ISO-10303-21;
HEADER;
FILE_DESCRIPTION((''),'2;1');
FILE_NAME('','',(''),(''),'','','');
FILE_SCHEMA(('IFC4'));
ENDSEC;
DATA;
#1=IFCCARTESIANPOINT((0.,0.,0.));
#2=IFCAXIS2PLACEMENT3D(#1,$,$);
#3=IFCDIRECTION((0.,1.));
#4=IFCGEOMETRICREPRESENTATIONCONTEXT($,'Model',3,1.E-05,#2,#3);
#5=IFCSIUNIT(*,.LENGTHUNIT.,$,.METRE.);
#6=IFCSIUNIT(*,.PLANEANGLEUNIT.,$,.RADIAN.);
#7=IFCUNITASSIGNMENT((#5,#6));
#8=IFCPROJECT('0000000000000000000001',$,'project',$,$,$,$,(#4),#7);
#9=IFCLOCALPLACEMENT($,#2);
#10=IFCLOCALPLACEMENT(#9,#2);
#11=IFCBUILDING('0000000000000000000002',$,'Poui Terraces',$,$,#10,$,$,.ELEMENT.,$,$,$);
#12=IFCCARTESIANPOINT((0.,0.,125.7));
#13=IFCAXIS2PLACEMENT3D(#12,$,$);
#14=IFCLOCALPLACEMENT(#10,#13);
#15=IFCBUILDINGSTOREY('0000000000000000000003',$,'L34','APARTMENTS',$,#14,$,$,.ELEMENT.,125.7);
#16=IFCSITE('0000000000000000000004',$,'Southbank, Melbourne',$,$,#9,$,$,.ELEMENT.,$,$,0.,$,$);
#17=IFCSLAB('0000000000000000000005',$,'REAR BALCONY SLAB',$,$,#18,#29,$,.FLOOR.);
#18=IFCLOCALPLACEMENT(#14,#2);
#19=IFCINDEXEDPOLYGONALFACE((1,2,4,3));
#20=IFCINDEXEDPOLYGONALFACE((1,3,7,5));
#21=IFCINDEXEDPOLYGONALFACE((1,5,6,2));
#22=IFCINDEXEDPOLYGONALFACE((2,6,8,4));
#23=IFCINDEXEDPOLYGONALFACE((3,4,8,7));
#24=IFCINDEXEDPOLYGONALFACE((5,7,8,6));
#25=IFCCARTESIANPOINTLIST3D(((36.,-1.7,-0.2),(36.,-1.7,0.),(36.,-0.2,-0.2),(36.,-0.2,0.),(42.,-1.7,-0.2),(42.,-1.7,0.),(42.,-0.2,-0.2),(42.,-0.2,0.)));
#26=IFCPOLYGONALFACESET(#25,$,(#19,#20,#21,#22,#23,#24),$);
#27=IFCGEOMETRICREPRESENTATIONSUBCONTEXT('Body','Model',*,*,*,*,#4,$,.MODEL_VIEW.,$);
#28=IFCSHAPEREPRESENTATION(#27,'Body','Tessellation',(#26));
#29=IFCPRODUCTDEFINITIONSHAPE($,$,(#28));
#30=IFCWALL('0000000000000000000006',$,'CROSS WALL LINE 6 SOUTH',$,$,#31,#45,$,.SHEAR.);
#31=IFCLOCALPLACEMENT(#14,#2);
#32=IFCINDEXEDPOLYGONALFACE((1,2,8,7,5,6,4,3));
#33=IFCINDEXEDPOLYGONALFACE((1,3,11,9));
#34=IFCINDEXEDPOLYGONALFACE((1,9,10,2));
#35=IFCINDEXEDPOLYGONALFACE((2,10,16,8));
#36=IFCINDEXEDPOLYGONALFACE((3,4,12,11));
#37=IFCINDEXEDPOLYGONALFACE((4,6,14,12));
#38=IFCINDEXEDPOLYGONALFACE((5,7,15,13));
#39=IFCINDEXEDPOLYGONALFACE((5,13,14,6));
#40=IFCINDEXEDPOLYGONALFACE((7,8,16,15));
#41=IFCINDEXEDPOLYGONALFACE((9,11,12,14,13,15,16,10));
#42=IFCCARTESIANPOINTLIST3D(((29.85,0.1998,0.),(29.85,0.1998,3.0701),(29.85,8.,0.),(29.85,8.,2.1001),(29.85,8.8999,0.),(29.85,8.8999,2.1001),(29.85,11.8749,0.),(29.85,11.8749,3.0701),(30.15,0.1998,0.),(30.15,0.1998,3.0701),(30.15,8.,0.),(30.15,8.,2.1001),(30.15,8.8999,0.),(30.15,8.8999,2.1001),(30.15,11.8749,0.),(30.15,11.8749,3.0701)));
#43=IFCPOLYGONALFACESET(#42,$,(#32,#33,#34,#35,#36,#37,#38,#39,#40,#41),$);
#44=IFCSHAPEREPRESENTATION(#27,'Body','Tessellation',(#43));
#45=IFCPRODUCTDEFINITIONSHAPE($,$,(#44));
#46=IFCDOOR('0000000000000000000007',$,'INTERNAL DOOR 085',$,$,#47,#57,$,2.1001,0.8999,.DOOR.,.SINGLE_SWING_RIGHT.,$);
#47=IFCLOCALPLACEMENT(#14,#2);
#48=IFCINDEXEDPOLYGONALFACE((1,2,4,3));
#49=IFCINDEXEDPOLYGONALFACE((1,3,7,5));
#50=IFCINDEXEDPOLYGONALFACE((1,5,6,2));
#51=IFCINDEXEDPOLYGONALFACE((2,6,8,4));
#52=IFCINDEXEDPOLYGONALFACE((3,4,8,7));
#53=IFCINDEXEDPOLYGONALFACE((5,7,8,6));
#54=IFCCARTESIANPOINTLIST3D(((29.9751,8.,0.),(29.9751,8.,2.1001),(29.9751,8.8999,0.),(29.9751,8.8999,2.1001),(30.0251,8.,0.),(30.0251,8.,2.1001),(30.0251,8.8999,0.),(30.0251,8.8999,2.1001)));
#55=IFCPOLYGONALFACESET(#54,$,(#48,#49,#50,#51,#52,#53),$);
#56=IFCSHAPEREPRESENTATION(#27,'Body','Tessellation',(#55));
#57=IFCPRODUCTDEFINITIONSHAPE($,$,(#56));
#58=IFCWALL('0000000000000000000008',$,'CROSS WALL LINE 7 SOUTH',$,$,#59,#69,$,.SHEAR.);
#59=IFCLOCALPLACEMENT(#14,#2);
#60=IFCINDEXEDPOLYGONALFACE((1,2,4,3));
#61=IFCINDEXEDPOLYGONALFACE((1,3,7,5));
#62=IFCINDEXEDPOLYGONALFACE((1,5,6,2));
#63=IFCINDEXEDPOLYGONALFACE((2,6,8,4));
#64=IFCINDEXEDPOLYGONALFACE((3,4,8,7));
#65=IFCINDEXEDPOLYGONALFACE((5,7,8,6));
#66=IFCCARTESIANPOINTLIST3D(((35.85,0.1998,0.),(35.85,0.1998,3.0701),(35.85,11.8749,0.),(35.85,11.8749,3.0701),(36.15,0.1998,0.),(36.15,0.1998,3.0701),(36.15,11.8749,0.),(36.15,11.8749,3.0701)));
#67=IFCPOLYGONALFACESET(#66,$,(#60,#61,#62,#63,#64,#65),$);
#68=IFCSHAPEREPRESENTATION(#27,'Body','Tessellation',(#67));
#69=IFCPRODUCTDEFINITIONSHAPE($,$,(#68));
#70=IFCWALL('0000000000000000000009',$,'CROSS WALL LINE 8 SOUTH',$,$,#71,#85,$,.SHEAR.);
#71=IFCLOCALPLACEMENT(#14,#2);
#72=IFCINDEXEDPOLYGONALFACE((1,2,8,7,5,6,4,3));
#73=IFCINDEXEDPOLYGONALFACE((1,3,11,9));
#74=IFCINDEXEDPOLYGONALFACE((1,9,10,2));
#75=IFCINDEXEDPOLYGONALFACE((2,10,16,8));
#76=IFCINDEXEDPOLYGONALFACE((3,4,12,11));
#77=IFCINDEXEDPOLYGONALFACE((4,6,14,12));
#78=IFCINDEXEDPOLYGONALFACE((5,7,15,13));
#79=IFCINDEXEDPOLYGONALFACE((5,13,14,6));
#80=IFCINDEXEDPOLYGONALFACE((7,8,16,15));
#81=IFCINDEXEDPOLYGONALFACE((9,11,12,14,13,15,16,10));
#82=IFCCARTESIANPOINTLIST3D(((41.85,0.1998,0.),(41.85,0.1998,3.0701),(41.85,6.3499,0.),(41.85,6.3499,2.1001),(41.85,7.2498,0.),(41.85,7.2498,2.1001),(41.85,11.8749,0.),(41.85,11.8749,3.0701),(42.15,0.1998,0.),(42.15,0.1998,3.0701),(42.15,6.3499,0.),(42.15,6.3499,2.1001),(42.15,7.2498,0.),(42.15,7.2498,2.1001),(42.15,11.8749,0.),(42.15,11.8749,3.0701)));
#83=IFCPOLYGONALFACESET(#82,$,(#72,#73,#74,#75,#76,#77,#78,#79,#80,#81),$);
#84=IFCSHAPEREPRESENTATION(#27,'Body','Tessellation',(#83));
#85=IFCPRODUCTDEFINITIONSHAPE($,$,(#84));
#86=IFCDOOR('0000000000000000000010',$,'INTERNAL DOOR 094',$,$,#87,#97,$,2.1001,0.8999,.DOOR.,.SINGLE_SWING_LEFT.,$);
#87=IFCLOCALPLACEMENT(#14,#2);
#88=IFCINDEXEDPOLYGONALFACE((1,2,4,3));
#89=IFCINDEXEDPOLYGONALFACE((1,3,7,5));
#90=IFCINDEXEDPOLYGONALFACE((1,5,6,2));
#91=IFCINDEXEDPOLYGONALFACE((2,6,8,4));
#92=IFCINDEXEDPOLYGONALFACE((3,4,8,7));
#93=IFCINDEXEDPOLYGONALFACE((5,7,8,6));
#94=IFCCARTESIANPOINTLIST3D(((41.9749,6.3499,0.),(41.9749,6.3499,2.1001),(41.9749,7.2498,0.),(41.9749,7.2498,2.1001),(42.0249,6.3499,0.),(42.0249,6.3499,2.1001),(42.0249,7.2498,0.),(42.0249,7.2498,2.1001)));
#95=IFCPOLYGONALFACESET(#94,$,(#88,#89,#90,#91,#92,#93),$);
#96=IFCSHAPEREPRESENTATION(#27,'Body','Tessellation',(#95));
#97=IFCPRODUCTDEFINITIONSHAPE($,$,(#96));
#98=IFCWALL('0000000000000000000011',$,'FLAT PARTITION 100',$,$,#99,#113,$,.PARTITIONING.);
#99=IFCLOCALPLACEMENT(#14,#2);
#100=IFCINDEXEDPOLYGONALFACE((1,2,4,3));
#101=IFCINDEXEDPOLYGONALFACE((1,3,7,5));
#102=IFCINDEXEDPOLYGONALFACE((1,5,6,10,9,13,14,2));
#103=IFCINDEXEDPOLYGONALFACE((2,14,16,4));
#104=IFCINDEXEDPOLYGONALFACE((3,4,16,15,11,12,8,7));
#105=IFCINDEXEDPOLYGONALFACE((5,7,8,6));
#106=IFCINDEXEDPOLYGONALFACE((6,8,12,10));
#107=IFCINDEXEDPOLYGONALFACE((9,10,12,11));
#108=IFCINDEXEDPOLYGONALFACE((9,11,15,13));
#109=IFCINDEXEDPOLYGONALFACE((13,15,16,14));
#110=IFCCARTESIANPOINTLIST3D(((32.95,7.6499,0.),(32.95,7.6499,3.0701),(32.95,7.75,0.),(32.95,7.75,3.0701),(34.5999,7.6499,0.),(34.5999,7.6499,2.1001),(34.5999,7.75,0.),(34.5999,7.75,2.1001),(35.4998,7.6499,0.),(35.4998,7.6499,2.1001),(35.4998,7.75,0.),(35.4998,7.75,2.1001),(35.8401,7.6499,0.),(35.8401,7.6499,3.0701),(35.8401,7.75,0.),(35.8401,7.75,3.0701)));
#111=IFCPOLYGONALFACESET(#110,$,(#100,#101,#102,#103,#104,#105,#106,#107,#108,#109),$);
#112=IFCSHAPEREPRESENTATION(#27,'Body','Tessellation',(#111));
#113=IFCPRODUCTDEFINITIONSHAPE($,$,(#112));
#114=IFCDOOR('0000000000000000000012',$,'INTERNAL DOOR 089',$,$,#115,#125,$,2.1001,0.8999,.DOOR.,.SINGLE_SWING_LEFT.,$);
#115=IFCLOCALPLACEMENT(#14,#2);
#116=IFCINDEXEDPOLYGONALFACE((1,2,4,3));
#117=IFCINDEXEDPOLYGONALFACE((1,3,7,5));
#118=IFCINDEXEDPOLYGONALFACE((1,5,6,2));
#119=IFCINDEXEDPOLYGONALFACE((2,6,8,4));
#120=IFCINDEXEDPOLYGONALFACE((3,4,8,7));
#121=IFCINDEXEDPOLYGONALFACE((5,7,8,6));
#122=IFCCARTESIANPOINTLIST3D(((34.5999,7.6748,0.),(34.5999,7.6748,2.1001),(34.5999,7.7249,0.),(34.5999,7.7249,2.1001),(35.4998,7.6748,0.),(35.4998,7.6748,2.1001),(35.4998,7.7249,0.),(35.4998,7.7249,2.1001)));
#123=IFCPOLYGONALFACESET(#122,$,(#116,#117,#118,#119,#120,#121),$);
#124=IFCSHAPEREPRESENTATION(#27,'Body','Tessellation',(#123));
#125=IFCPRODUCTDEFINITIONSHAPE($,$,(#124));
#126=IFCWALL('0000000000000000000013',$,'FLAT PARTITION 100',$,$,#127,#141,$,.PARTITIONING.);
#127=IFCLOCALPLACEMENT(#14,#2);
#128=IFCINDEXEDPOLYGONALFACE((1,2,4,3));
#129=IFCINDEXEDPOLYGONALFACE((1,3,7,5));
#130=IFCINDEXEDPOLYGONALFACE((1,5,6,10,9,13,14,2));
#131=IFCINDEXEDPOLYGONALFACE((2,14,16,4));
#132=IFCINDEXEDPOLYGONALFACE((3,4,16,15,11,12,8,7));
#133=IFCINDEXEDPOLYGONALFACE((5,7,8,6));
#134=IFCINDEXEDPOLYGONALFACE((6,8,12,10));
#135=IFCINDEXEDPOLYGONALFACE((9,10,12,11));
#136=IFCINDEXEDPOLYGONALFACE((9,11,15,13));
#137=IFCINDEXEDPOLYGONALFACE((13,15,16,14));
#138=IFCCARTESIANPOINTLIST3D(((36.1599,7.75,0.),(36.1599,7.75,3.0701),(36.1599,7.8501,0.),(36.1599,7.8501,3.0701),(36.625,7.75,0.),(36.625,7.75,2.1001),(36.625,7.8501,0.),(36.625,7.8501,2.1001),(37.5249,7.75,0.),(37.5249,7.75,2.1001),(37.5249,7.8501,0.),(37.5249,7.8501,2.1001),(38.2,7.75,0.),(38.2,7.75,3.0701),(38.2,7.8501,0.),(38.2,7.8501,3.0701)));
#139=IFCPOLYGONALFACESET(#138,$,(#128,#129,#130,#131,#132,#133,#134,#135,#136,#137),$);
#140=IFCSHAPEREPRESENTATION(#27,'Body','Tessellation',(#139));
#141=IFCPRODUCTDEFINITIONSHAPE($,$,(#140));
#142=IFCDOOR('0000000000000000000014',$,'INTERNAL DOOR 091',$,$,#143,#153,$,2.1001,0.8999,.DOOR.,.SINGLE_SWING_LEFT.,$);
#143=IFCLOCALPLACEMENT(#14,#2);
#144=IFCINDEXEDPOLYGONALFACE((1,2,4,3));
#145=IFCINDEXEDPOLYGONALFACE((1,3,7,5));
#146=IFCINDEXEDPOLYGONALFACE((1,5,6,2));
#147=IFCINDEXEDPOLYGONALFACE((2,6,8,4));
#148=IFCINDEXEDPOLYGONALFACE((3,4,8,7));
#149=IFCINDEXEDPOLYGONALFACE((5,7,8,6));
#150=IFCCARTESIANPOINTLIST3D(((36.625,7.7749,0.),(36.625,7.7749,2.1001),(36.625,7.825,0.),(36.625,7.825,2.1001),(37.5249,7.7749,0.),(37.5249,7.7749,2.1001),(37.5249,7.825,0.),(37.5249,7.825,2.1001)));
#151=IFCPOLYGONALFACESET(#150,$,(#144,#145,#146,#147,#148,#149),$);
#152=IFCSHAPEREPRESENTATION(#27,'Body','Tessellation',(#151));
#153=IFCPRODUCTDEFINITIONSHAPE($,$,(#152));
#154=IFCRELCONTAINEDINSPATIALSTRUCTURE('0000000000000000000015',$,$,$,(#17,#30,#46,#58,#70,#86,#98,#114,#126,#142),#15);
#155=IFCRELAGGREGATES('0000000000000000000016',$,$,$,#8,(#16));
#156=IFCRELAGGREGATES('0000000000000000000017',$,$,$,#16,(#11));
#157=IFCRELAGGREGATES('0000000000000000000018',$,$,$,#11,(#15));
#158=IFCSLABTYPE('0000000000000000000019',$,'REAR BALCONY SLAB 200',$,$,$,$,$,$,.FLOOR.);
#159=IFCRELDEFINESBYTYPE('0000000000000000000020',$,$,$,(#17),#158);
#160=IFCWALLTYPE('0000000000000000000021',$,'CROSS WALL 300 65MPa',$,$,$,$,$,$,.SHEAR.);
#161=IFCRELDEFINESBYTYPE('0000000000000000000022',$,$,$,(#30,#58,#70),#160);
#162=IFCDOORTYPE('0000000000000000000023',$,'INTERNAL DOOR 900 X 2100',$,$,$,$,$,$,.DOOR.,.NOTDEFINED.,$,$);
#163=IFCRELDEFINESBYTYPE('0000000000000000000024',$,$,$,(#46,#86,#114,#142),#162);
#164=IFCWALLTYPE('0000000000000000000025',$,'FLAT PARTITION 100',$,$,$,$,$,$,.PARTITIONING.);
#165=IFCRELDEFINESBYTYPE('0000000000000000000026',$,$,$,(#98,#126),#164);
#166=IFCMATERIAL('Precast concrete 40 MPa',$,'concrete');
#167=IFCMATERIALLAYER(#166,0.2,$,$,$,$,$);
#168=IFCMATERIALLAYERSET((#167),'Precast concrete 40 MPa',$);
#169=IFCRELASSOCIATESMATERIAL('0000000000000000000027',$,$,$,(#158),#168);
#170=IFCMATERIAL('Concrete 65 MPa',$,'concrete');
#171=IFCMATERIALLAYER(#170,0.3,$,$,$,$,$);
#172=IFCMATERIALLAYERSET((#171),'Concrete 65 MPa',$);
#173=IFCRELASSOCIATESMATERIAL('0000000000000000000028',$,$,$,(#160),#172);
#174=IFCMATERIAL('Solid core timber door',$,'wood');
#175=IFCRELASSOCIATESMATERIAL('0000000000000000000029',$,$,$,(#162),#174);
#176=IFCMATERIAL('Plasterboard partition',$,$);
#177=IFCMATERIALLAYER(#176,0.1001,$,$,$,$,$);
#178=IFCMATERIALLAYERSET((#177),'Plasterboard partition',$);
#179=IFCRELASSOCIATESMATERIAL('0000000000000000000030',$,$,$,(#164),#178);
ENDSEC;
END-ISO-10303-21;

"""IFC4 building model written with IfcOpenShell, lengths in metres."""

from ifc_helpers import new_model, si_unit, direction, frame, frame_2d, origin, place, context, subcontext, project, spatial, polyline, rectangle, outline, extrude, source, transform, mapped, material, layer, layer_set, type_object, element, fill, save


model = new_model("IFC4")

# Units and contexts
model_context = context("Model", 3, precision=1e-05, world=origin(), true_north=direction((0.0, 1.0)))
body_context = subcontext(model_context, "Body", "Model", "MODEL_VIEW")
ifc_project = project(units=[si_unit("LENGTHUNIT", "METRE"), si_unit("PLANEANGLEUNIT", "RADIAN")], contexts=[model_context])

# Site, building, storey
site_placement = place(None, origin())
site = spatial("IfcSite", under=ifc_project, at=site_placement, Name="Southbank, Melbourne", CompositionType="ELEMENT", RefElevation=0.0)
building_placement = place(site_placement, origin())
building = spatial("IfcBuilding", under=site, at=building_placement, Name="Poui Terraces", CompositionType="ELEMENT")
storey_placement = place(building_placement, frame((0.0, 0.0, 125.7)))
storey = spatial("IfcBuildingStorey", under=building, at=storey_placement, Name="L34", Description="APARTMENTS", CompositionType="ELEMENT", Elevation=125.7)

# Slab
ifc_material_1 = material(Name="Precast concrete 40 MPa", Category="concrete")
ifc_layer_1 = layer(ifc_material_1, 0.2)
ifc_layer_set_1 = layer_set([ifc_layer_1], Name="Precast concrete 40 MPa")
slab_type = type_object("IfcSlabType", Name="REAR BALCONY SLAB 200", PredefinedType="FLOOR", material=ifc_layer_set_1)
shared_shape_1 = source(origin(), body_context, "Body", "SweptSolid", [
    extrude(outline(polyline([(0.0, 0.0), (6.0, 0.0), (6.0, 1.5), (0.0, 1.5), (0.0, 0.0)])), origin(), (0.0, 0.0, 1.0), 0.2),
])
slab_placement = place(storey_placement, frame((36.0, -1.7, -0.2)))
element("IfcSlab", 1, at=slab_placement, inside=storey, type_object=slab_type, Name="REAR BALCONY SLAB", PredefinedType="FLOOR", context=body_context, shape_type="MappedRepresentation", body=[
    mapped(shared_shape_1, transform((0.0, 0.0, 0.0))),
])

# Wall, opening, door
ifc_material_2 = material(Name="Concrete 65 MPa", Category="concrete")
ifc_layer_2 = layer(ifc_material_2, 0.3)
ifc_layer_set_2 = layer_set([ifc_layer_2], Name="Concrete 65 MPa")
wall_type_1 = type_object("IfcWallType", Name="CROSS WALL 300 65MPa", PredefinedType="SHEAR", material=ifc_layer_set_2)
wall_1_placement = place(storey_placement, frame((30.0, 0.2, 0.0), z_axis=(0.0, 0.0, 1.0), x_axis=(0.0, 1.0, 0.0)))
wall_1 = element("IfcWall", 2, at=wall_1_placement, inside=storey, type_object=wall_type_1, Name="CROSS WALL LINE 6 SOUTH", PredefinedType="SHEAR", context=body_context, shape_type="SweptSolid", body=[
    extrude(rectangle(XDim=11.675, YDim=0.3, at=frame_2d((5.8374, 0.0))), origin(), (0.0, 0.0, 1.0), 3.0701),
])
opening_1_placement = place(wall_1_placement, frame((7.8, 0.0, 0.0)))
opening_1 = element("IfcOpeningElement", 3, at=opening_1_placement, cuts=wall_1, PredefinedType="OPENING", context=body_context, shape_type="SweptSolid", body=[
    extrude(rectangle(XDim=0.8999, YDim=2.1001, at=frame_2d((0.45, 1.05))), frame((0.0, 0.1602, 0.0), z_axis=(0.0, -1.0, 0.0), x_axis=(1.0, 0.0, 0.0)), (0.0, 0.0, 1.0), 0.3201),
])
ifc_material_3 = material(Name="Solid core timber door", Category="wood")
door_type_1 = type_object("IfcDoorType", Name="INTERNAL DOOR 900 X 2100", OperationType="NOTDEFINED", PredefinedType="DOOR", material=ifc_material_3)
door_1_placement = place(opening_1_placement, origin())
door_1 = element("IfcDoor", 4, at=door_1_placement, inside=storey, type_object=door_type_1, Name="INTERNAL DOOR 085", OperationType="SINGLE_SWING_RIGHT", OverallHeight=2.1001, OverallWidth=0.8999, PredefinedType="DOOR", context=body_context, shape_type="SweptSolid", body=[
    extrude(rectangle(XDim=0.8999, YDim=2.1001, at=frame_2d((0.45, 1.05))), frame((0.0, 0.0249, 0.0), z_axis=(0.0, -1.0, 0.0), x_axis=(1.0, 0.0, 0.0)), (0.0, 0.0, 1.0), 0.05),
])
fill(opening_1, door_1)

# Wall
wall_2_placement = place(storey_placement, frame((36.0, 0.2, 0.0), z_axis=(0.0, 0.0, 1.0), x_axis=(0.0, 1.0, 0.0)))
element("IfcWall", 5, at=wall_2_placement, inside=storey, type_object=wall_type_1, Name="CROSS WALL LINE 7 SOUTH", PredefinedType="SHEAR", context=body_context, shape_type="SweptSolid", body=[
    extrude(rectangle(XDim=11.675, YDim=0.3, at=frame_2d((5.8374, 0.0))), origin(), (0.0, 0.0, 1.0), 3.0701),
])

# Walls, openings, doors
wall_3_placement = place(storey_placement, frame((42.0, 0.2, 0.0), z_axis=(0.0, 0.0, 1.0), x_axis=(0.0, 1.0, 0.0)))
wall_3 = element("IfcWall", 6, at=wall_3_placement, inside=storey, type_object=wall_type_1, Name="CROSS WALL LINE 8 SOUTH", PredefinedType="SHEAR", context=body_context, shape_type="SweptSolid", body=[
    extrude(rectangle(XDim=11.675, YDim=0.3, at=frame_2d((5.8374, 0.0))), origin(), (0.0, 0.0, 1.0), 3.0701),
])
opening_2_placement = place(wall_3_placement, frame((6.1499, 0.0, 0.0)))
opening_2 = element("IfcOpeningElement", 7, at=opening_2_placement, cuts=wall_3, PredefinedType="OPENING", context=body_context, shape_type="SweptSolid", body=[
    extrude(rectangle(XDim=0.8999, YDim=2.1001, at=frame_2d((0.45, 1.05))), frame((0.0, 0.1602, 0.0), z_axis=(0.0, -1.0, 0.0), x_axis=(1.0, 0.0, 0.0)), (0.0, 0.0, 1.0), 0.3201),
])
door_2_placement = place(opening_2_placement, frame((0.8999, 0.0, 0.0), z_axis=(0.0, 0.0, 1.0), x_axis=(-1.0, 0.0, 0.0)))
door_2 = element("IfcDoor", 8, at=door_2_placement, inside=storey, type_object=door_type_1, Name="INTERNAL DOOR 094", OperationType="SINGLE_SWING_LEFT", OverallHeight=2.1001, OverallWidth=0.8999, PredefinedType="DOOR", context=body_context, shape_type="SweptSolid", body=[
    extrude(rectangle(XDim=0.8999, YDim=2.1001, at=frame_2d((0.45, 1.05))), frame((0.0, 0.0249, 0.0), z_axis=(0.0, -1.0, 0.0), x_axis=(1.0, 0.0, 0.0)), (0.0, 0.0, 1.0), 0.05),
])
fill(opening_2, door_2)
ifc_material_4 = material(Name="Plasterboard partition")
ifc_layer_3 = layer(ifc_material_4, 0.1001)
ifc_layer_set_3 = layer_set([ifc_layer_3], Name="Plasterboard partition")
wall_type_2 = type_object("IfcWallType", Name="FLAT PARTITION 100", PredefinedType="PARTITIONING", material=ifc_layer_set_3)
wall_4_placement = place(storey_placement, frame((32.95, 7.7, 0.0), z_axis=(0.0, 0.0, 1.0), x_axis=(1.0, 0.0, 0.0)))
wall_4 = element("IfcWall", 9, at=wall_4_placement, inside=storey, type_object=wall_type_2, Name="FLAT PARTITION 100", PredefinedType="PARTITIONING", context=body_context, shape_type="SweptSolid", body=[
    extrude(rectangle(XDim=2.8901, YDim=0.1001, at=frame_2d((1.4451, 0.0))), origin(), (0.0, 0.0, 1.0), 3.0701),
])
opening_3_placement = place(wall_4_placement, frame((1.6499, 0.0, 0.0)))
opening_3 = element("IfcOpeningElement", 10, at=opening_3_placement, cuts=wall_4, PredefinedType="OPENING", context=body_context, shape_type="SweptSolid", body=[
    extrude(rectangle(XDim=0.8999, YDim=2.1001, at=frame_2d((0.45, 1.05))), frame((0.0, 0.0601, 0.0), z_axis=(0.0, -1.0, 0.0), x_axis=(1.0, 0.0, 0.0)), (0.0, 0.0, 1.0), 0.1201),
])
door_3_placement = place(opening_3_placement, origin())
door_3 = element("IfcDoor", 11, at=door_3_placement, inside=storey, type_object=door_type_1, Name="INTERNAL DOOR 089", OperationType="SINGLE_SWING_LEFT", OverallHeight=2.1001, OverallWidth=0.8999, PredefinedType="DOOR", context=body_context, shape_type="SweptSolid", body=[
    extrude(rectangle(XDim=0.8999, YDim=2.1001, at=frame_2d((0.45, 1.05))), frame((0.0, 0.0249, 0.0), z_axis=(0.0, -1.0, 0.0), x_axis=(1.0, 0.0, 0.0)), (0.0, 0.0, 1.0), 0.05),
])
fill(opening_3, door_3)
wall_5_placement = place(storey_placement, frame((36.1599, 7.8, 0.0), z_axis=(0.0, 0.0, 1.0), x_axis=(1.0, 0.0, 0.0)))
wall_5 = element("IfcWall", 12, at=wall_5_placement, inside=storey, type_object=wall_type_2, Name="FLAT PARTITION 100", PredefinedType="PARTITIONING", context=body_context, shape_type="SweptSolid", body=[
    extrude(rectangle(XDim=2.04, YDim=0.1001, at=frame_2d((1.02, 0.0))), origin(), (0.0, 0.0, 1.0), 3.0701),
])
opening_4_placement = place(wall_5_placement, frame((0.4651, 0.0, 0.0)))
opening_4 = element("IfcOpeningElement", 13, at=opening_4_placement, cuts=wall_5, PredefinedType="OPENING", context=body_context, shape_type="SweptSolid", body=[
    extrude(rectangle(XDim=0.8999, YDim=2.1001, at=frame_2d((0.45, 1.05))), frame((0.0, 0.0601, 0.0), z_axis=(0.0, -1.0, 0.0), x_axis=(1.0, 0.0, 0.0)), (0.0, 0.0, 1.0), 0.1201),
])
door_4_placement = place(opening_4_placement, origin())
door_4 = element("IfcDoor", 14, at=door_4_placement, inside=storey, type_object=door_type_1, Name="INTERNAL DOOR 091", OperationType="SINGLE_SWING_LEFT", OverallHeight=2.1001, OverallWidth=0.8999, PredefinedType="DOOR", context=body_context, shape_type="SweptSolid", body=[
    extrude(rectangle(XDim=0.8999, YDim=2.1001, at=frame_2d((0.45, 1.05))), frame((0.0, 0.0249, 0.0), z_axis=(0.0, -1.0, 0.0), x_axis=(1.0, 0.0, 0.0)), (0.0, 0.0, 1.0), 0.05),
])
fill(opening_4, door_4)

save(model, "model.ifc")
